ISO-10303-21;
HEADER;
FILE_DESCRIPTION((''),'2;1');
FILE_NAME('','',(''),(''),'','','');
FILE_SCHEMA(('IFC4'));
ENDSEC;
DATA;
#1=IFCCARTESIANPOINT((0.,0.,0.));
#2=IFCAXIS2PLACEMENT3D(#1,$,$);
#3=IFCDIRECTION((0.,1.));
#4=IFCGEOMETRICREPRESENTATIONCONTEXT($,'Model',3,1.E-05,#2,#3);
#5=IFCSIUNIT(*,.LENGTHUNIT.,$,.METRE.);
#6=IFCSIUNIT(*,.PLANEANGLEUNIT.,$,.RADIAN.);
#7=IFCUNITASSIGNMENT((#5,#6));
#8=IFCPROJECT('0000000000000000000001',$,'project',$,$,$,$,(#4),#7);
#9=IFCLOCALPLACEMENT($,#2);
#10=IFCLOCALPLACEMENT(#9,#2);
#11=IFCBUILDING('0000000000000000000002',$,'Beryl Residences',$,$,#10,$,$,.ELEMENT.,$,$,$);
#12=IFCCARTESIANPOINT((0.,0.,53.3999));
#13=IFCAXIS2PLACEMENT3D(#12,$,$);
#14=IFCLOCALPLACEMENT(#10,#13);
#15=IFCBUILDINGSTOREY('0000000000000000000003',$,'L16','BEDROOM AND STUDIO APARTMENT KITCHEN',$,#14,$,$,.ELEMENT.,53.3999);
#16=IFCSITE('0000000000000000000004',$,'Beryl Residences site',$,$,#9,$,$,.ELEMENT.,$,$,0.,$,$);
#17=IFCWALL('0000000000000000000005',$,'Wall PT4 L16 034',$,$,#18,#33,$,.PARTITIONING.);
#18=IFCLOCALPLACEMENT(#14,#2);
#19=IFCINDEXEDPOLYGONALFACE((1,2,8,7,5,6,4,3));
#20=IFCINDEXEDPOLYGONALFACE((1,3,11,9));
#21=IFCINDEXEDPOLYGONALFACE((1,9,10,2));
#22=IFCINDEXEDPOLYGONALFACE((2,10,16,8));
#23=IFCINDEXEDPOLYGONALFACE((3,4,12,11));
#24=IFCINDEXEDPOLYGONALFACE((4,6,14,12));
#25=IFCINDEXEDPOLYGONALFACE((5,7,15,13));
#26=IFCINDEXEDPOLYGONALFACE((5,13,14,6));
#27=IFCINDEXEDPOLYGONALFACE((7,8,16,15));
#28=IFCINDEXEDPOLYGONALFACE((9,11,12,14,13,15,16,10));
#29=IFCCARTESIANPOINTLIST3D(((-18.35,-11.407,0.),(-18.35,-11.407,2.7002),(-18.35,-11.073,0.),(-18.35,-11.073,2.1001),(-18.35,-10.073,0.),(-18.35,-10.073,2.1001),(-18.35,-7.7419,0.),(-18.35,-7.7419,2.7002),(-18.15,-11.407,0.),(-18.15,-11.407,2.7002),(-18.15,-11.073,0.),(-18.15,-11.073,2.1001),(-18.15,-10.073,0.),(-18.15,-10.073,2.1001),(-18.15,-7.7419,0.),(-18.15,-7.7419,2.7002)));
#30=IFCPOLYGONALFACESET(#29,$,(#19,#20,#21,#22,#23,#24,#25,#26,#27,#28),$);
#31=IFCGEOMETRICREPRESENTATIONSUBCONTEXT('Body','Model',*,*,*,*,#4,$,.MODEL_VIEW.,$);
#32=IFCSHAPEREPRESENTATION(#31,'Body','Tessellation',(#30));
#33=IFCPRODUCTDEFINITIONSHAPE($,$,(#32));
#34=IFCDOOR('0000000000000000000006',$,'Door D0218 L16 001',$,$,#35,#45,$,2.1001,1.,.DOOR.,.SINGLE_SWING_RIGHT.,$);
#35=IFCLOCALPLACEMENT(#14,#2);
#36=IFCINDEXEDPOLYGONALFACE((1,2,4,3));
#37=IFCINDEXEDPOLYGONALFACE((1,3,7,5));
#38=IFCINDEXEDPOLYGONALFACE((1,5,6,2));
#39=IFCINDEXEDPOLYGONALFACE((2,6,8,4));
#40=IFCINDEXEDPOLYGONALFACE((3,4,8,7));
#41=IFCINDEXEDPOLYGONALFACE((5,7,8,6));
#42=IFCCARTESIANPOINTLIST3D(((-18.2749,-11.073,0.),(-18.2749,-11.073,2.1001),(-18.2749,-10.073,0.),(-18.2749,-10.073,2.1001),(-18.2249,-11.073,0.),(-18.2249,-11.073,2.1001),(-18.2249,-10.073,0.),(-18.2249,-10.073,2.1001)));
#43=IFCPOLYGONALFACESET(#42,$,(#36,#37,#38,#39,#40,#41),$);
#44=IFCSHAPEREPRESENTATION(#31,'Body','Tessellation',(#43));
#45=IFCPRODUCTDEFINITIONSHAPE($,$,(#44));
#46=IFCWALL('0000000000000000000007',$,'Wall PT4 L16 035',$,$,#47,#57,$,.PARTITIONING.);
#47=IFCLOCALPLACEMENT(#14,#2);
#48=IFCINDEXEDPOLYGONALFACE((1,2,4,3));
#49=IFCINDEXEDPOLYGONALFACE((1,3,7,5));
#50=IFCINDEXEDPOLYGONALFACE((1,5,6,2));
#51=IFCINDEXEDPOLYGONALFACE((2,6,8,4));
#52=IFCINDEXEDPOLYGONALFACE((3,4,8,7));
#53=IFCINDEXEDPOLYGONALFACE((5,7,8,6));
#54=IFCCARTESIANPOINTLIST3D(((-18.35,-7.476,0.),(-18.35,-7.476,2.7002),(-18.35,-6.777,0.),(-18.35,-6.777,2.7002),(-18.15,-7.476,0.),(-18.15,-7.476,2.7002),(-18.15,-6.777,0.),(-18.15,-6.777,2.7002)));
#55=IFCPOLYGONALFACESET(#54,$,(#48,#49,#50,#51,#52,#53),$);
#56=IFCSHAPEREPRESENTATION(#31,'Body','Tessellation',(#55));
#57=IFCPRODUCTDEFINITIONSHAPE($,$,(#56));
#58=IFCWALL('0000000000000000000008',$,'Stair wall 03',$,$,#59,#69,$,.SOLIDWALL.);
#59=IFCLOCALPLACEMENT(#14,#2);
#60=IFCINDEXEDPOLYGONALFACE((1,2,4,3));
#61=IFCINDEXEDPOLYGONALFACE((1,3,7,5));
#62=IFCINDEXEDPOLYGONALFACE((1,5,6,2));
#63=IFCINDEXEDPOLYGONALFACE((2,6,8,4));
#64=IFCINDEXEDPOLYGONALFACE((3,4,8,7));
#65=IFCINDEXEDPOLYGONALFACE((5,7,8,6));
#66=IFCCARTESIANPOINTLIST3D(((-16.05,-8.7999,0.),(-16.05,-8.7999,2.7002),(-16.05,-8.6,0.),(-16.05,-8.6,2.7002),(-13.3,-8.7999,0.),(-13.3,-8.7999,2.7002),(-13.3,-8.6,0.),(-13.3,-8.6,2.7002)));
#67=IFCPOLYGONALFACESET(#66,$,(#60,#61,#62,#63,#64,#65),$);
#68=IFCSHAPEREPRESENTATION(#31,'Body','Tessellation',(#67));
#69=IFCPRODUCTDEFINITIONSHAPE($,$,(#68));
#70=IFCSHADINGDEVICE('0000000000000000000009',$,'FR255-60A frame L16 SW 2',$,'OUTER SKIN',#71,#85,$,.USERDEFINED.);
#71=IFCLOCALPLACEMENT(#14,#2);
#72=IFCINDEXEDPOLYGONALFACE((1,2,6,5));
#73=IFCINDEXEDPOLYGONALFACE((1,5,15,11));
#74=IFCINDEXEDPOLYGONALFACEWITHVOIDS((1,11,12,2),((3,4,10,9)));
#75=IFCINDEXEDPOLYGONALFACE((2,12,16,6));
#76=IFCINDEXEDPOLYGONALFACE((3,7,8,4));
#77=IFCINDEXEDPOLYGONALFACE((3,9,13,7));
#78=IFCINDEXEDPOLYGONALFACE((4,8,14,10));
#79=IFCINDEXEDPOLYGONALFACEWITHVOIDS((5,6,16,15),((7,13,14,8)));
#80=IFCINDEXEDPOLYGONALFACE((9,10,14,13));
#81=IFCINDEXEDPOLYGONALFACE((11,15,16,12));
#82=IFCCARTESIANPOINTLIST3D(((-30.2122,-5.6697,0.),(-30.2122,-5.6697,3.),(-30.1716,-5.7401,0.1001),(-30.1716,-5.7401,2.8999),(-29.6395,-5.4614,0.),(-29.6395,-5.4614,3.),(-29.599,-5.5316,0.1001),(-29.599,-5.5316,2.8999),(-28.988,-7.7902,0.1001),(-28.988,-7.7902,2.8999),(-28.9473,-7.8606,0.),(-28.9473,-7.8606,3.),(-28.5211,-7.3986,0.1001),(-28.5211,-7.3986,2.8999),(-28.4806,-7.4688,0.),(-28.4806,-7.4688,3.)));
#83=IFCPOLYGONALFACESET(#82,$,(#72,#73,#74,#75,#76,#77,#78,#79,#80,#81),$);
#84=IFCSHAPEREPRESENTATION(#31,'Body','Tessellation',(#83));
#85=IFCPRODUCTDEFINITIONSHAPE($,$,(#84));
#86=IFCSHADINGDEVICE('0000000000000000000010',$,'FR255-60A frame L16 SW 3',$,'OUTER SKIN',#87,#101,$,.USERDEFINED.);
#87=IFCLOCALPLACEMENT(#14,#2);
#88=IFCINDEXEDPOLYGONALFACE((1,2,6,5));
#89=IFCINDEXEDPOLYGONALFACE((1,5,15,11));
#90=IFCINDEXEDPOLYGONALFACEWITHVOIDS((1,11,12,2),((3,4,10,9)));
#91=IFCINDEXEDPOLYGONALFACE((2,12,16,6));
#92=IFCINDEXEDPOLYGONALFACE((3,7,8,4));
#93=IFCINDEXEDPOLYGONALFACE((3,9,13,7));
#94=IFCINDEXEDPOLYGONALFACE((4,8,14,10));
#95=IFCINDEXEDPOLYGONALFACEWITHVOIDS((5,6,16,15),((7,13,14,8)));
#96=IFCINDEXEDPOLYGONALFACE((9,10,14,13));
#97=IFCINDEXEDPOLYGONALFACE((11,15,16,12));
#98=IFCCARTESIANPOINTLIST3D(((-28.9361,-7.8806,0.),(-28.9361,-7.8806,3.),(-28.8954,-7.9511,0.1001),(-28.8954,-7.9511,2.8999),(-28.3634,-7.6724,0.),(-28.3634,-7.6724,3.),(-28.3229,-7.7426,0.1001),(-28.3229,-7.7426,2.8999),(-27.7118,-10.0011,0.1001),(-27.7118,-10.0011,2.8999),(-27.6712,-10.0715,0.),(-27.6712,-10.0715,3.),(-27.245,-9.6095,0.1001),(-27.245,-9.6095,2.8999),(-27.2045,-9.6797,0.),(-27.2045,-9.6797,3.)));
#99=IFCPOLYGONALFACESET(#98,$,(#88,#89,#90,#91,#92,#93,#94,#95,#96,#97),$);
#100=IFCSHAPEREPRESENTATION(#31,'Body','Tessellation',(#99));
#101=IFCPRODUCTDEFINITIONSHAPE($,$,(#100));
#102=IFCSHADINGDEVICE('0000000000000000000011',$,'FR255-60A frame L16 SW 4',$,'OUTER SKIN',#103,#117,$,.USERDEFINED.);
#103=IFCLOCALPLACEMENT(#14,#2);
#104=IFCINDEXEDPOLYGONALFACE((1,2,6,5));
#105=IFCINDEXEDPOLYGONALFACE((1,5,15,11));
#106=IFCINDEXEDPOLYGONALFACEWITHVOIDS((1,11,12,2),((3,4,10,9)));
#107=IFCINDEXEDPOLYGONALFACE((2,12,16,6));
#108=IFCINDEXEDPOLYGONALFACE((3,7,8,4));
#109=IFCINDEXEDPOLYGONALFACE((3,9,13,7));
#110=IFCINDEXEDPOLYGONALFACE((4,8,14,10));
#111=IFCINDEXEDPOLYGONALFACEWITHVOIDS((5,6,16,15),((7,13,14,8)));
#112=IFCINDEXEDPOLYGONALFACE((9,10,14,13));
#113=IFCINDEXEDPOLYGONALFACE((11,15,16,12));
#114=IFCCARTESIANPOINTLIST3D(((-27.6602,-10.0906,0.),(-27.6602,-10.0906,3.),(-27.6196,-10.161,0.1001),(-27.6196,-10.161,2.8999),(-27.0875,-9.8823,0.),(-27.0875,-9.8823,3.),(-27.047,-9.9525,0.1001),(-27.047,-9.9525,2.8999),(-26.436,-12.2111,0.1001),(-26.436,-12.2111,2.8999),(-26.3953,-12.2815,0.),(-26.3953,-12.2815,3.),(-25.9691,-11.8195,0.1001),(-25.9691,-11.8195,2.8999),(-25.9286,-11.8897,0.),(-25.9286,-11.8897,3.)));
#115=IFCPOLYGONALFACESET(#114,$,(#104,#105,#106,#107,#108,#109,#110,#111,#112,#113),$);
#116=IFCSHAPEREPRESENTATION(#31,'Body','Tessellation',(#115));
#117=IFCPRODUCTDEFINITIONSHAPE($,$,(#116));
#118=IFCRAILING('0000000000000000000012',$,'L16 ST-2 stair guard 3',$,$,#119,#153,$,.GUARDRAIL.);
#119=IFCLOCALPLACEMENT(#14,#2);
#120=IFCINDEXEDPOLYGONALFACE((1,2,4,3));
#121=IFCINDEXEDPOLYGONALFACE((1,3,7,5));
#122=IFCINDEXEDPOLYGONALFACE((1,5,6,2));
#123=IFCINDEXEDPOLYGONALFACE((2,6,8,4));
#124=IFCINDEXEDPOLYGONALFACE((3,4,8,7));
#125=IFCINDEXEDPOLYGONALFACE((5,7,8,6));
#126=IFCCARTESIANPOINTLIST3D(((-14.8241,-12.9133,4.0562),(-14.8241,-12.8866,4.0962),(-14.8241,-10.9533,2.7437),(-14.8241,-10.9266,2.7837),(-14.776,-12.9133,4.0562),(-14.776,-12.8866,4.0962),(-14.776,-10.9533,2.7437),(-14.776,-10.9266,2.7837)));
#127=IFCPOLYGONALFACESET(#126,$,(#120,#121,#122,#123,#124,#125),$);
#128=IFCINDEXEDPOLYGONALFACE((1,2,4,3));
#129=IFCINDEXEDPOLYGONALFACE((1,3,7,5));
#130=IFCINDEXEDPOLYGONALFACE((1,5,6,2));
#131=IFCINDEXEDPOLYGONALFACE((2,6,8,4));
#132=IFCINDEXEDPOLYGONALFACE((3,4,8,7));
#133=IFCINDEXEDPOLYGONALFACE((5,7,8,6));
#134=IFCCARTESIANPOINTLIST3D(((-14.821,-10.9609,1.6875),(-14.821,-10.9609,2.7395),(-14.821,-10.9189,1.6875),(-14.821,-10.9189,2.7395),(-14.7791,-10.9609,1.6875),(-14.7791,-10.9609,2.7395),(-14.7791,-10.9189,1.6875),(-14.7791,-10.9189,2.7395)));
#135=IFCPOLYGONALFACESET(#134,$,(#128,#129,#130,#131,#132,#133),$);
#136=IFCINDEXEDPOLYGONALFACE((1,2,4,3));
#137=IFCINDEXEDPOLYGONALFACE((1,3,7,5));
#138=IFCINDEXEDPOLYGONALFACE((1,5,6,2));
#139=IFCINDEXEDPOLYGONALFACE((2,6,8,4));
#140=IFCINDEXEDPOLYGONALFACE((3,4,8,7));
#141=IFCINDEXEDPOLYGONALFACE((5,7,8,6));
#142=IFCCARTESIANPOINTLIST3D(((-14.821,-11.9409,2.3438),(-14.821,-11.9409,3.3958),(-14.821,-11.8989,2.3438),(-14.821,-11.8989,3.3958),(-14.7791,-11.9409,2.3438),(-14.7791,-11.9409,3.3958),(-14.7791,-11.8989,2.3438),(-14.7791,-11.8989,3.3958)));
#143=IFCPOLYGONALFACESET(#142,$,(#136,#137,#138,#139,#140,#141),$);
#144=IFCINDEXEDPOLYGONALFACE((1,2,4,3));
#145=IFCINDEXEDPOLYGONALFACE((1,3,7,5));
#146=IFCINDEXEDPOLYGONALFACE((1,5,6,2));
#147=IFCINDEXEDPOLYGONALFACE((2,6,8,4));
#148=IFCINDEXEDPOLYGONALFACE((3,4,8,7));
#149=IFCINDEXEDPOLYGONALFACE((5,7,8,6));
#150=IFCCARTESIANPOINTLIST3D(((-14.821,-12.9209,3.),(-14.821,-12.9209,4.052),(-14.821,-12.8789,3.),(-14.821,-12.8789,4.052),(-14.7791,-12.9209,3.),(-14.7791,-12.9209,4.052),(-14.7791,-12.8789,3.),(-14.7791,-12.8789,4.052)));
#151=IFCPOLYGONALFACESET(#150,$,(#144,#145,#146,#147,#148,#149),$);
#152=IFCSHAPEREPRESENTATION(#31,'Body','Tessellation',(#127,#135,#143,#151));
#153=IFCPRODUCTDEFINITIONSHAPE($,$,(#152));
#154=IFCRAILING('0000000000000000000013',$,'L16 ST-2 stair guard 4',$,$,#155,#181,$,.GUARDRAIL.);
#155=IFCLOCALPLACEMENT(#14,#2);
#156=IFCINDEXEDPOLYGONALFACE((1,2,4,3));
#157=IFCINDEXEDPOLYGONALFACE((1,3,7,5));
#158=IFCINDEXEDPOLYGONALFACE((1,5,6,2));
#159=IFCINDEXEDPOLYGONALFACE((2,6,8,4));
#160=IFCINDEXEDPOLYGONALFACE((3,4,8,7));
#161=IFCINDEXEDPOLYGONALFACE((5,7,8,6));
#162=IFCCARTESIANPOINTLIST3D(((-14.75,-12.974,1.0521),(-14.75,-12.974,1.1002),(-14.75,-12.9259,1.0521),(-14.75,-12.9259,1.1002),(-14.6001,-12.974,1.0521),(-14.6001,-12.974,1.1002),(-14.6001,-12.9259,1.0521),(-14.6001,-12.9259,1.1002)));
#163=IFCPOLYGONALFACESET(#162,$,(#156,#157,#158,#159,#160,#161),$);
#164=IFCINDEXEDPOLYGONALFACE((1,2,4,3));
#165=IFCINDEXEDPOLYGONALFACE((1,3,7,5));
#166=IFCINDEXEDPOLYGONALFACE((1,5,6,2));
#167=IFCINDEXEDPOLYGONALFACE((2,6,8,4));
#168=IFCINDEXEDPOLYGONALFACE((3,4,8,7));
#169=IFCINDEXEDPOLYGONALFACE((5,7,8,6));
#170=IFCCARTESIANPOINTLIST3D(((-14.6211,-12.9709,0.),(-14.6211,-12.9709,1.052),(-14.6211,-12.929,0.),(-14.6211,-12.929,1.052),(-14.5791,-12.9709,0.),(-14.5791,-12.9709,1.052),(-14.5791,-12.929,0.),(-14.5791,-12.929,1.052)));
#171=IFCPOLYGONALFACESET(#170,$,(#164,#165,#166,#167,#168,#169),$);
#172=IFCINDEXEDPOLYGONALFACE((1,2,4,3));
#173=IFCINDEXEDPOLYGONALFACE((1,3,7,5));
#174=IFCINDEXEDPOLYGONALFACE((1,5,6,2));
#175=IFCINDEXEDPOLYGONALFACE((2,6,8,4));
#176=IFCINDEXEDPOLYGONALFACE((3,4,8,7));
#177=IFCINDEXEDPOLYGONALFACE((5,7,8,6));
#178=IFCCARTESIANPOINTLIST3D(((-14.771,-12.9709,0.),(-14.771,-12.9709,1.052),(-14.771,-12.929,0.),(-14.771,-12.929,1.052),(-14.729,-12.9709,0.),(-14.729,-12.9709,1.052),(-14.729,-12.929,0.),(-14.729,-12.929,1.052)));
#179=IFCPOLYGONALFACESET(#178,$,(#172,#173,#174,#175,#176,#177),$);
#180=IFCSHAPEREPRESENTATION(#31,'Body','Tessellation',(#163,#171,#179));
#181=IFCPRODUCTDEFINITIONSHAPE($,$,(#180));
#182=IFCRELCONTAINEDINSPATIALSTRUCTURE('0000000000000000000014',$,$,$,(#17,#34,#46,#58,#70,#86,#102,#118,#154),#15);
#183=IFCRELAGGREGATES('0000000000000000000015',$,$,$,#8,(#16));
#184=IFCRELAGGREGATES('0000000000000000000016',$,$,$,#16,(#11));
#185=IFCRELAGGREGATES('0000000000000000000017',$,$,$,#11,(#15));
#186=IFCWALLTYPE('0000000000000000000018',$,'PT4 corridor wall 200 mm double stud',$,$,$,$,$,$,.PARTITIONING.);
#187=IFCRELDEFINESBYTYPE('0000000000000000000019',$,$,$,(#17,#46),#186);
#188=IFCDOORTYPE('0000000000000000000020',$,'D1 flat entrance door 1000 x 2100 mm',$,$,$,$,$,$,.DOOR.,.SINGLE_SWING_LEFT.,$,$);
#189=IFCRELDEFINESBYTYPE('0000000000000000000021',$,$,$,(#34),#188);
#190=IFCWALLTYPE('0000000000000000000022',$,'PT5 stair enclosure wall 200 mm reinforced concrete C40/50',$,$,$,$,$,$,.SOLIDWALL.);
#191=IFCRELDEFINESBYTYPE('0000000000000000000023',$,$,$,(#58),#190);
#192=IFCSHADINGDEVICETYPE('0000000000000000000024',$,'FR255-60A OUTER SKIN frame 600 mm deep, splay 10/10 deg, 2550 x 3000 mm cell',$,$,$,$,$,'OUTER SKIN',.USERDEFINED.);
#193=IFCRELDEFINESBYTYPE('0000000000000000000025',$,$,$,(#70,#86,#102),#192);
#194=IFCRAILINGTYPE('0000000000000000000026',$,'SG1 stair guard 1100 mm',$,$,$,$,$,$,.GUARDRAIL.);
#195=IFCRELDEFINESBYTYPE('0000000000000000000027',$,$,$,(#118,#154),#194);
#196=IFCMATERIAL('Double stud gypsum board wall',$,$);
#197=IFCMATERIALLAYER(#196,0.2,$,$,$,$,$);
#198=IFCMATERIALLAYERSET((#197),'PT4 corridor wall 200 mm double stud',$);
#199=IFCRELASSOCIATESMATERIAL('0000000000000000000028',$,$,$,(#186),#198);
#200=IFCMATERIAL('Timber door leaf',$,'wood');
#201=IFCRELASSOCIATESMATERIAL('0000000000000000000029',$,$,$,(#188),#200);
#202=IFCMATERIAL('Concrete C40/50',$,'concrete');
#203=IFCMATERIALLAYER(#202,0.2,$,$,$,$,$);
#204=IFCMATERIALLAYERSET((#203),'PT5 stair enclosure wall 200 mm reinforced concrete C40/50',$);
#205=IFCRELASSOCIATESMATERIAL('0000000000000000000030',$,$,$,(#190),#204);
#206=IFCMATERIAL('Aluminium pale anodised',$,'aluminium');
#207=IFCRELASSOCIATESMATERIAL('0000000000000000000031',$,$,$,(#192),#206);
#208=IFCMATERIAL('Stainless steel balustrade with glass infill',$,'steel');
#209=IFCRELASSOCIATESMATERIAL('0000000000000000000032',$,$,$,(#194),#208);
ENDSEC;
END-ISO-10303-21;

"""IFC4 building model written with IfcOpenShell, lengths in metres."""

from ifc_helpers import new_model, entity, si_unit, direction, frame, frame_2d, origin, origin_2d, place, context, subcontext, project, spatial, rectangle, extrude, source, transform, mapped, material, layer, layer_set, type_object, type_shapes, element, fill, save


model = new_model("IFC4")

# Units and contexts
model_context = context("Model", 3, precision=1e-05, world=origin(), true_north=direction((0.0, 1.0)))
body_context = subcontext(model_context, "Body", "Model", "MODEL_VIEW")
ifc_project = project(units=[si_unit("LENGTHUNIT", "METRE"), si_unit("PLANEANGLEUNIT", "RADIAN")], contexts=[model_context])

# Site, building, storey
site_placement = place(None, origin())
site = spatial("IfcSite", under=ifc_project, at=site_placement, Name="Beryl Residences site", CompositionType="ELEMENT", RefElevation=0.0)
building_placement = place(site_placement, origin())
building = spatial("IfcBuilding", under=site, at=building_placement, Name="Beryl Residences", CompositionType="ELEMENT")
storey_placement = place(building_placement, frame((0.0, 0.0, 53.3999)))
storey = spatial("IfcBuildingStorey", under=building, at=storey_placement, Name="L16", Description="BEDROOM AND STUDIO APARTMENT KITCHEN", CompositionType="ELEMENT", Elevation=53.3999)

# Shared definitions
ifc_material_1 = material(Name="Double stud gypsum board wall")
ifc_layer_1 = layer(ifc_material_1, 0.2)
ifc_layer_set_1 = layer_set([ifc_layer_1], Name="PT4 corridor wall 200 mm double stud")
wall_type_1 = type_object("IfcWallType", Name="PT4 corridor wall 200 mm double stud", PredefinedType="PARTITIONING", material=ifc_layer_set_1)

# Wall, opening, door
wall_1_placement = place(storey_placement, frame((-18.25, -11.407, 0.0), z_axis=(0.0, 0.0, 1.0), x_axis=(0.0, 1.0, 0.0)))
wall_1 = element("IfcWall", 1, at=wall_1_placement, inside=storey, type_object=wall_type_1, Name="Wall PT4 L16 034", PredefinedType="PARTITIONING", context=body_context, shape_type="SweptSolid", body=[
    extrude(rectangle(XDim=3.665, YDim=0.2, at=frame_2d((1.8325, 0.0))), origin(), (0.0, 0.0, 1.0), 2.7002),
])
opening_1_placement = place(wall_1_placement, frame((0.334, 0.0, 0.0)))
opening_1 = element("IfcOpeningElement", 2, at=opening_1_placement, cuts=wall_1, PredefinedType="OPENING", context=body_context, shape_type="SweptSolid", body=[
    extrude(rectangle(XDim=1.0, YDim=2.1001, at=frame_2d((0.5, 1.05))), frame((0.0, 0.1099, 0.0), z_axis=(0.0, -1.0, 0.0), x_axis=(1.0, 0.0, 0.0)), (0.0, 0.0, 1.0), 0.22),
])
ifc_material_2 = material(Name="Timber door leaf", Category="wood")
door_type_1 = type_object("IfcDoorType", Name="D1 flat entrance door 1000 x 2100 mm", OperationType="SINGLE_SWING_LEFT", PredefinedType="DOOR", material=ifc_material_2)
door_1_placement = place(opening_1_placement, origin())
door_1 = element("IfcDoor", 3, at=door_1_placement, inside=storey, type_object=door_type_1, Name="Door D0218 L16 001", OperationType="SINGLE_SWING_RIGHT", OverallHeight=2.1001, OverallWidth=1.0, PredefinedType="DOOR", context=body_context, shape_type="SweptSolid", body=[
    extrude(rectangle(XDim=1.0, YDim=2.1001, at=frame_2d((0.5, 1.05))), frame((0.0, 0.0249, 0.0), z_axis=(0.0, -1.0, 0.0), x_axis=(1.0, 0.0, 0.0)), (0.0, 0.0, 1.0), 0.05),
])
fill(opening_1, door_1)

# Walls
wall_2_placement = place(storey_placement, frame((-18.25, -7.4761, 0.0), z_axis=(0.0, 0.0, 1.0), x_axis=(0.0, 1.0, 0.0)))
element("IfcWall", 4, at=wall_2_placement, inside=storey, type_object=wall_type_1, Name="Wall PT4 L16 035", PredefinedType="PARTITIONING", context=body_context, shape_type="SweptSolid", body=[
    extrude(rectangle(XDim=0.699, YDim=0.2, at=frame_2d((0.3496, 0.0))), origin(), (0.0, 0.0, 1.0), 2.7002),
])
ifc_material_3 = material(Name="Concrete C40/50", Category="concrete")
ifc_layer_2 = layer(ifc_material_3, 0.2)
ifc_layer_set_2 = layer_set([ifc_layer_2], Name="PT5 stair enclosure wall 200 mm reinforced concrete C40/50")
wall_type_2 = type_object("IfcWallType", Name="PT5 stair enclosure wall 200 mm reinforced concrete C40/50", PredefinedType="SOLIDWALL", material=ifc_layer_set_2)
wall_3_placement = place(storey_placement, frame((-16.05, -8.7, 0.0), z_axis=(0.0, 0.0, 1.0), x_axis=(1.0, 0.0, 0.0)))
element("IfcWall", 5, at=wall_3_placement, inside=storey, type_object=wall_type_2, Name="Stair wall 03", PredefinedType="SOLIDWALL", context=body_context, shape_type="SweptSolid", body=[
    extrude(rectangle(XDim=2.75, YDim=0.2, at=frame_2d((1.375, 0.0))), origin(), (0.0, 0.0, 1.0), 2.7002),
])

# Shading devices
ifc_material_4 = material(Name="Aluminium pale anodised", Category="aluminium")
shading_device_type = type_object("IfcShadingDeviceType", Name="FR255-60A OUTER SKIN frame 600 mm deep, splay 10/10 deg, 2550 x 3000 mm cell", ElementType="OUTER SKIN", PredefinedType="USERDEFINED", material=ifc_material_4)
cartesian_point_1 = entity("IfcCartesianPoint", [-1.1589, 0.0])
cartesian_point_2 = entity("IfcCartesianPoint", [-1.0779, 0.1001])
cartesian_point_3 = entity("IfcCartesianPoint", [-1.2649, 0.0])
cartesian_point_4 = entity("IfcCartesianPoint", [-1.1836, 0.1001])
shared_shape = source(origin(), body_context, "Body", "SweptSolid", [
    entity("IfcExtrudedAreaSolidTapered", entity("IfcArbitraryProfileDefWithVoids", "AREA", None, entity("IfcPolyline", [cartesian_point_1, entity("IfcCartesianPoint", [1.1589, 0.0]), entity("IfcCartesianPoint", [1.1589, 3.0]), entity("IfcCartesianPoint", [-1.1589, 3.0]), cartesian_point_1]), [entity("IfcPolyline", [cartesian_point_2, entity("IfcCartesianPoint", [1.0779, 0.1001]), entity("IfcCartesianPoint", [1.0779, 2.8999]), entity("IfcCartesianPoint", [-1.0779, 2.8999]), cartesian_point_2])]), entity("IfcAxis2Placement3D", entity("IfcCartesianPoint", [0.0, 0.0, 0.0]), entity("IfcDirection", [0.0, 1.0, 0.0]), entity("IfcDirection", [-1.0, 0.0, 0.0])), entity("IfcDirection", [0.0, 0.0, 1.0]), 0.6001, entity("IfcArbitraryProfileDefWithVoids", "AREA", None, entity("IfcPolyline", [cartesian_point_3, entity("IfcCartesianPoint", [1.2649, 0.0]), entity("IfcCartesianPoint", [1.2649, 3.0]), entity("IfcCartesianPoint", [-1.2649, 3.0]), cartesian_point_3]), [entity("IfcPolyline", [cartesian_point_4, entity("IfcCartesianPoint", [1.1836, 0.1001]), entity("IfcCartesianPoint", [1.1836, 2.8999]), entity("IfcCartesianPoint", [-1.1836, 2.8999]), cartesian_point_4])])),
])
type_shapes(shading_device_type, [shared_shape])
for number, where, z_axis, x_axis, name in (
    (6, (-29.0601, -6.4651, 0.0), (0.0, 0.0, 1.0), (-0.5, 0.866025, 0.0), "FR255-60A frame L16 SW 2"),
    (7, (-27.7839, -8.676, 0.0), (0.0, 0.0, 1.0), (-0.5, 0.866025, 0.0), "FR255-60A frame L16 SW 3"),
    (8, (-26.5081, -10.886, 0.0), (0.0, 0.0, 1.0), (-0.5, 0.866025, 0.0), "FR255-60A frame L16 SW 4"),
):
    element("IfcShadingDevice", number, at=place(storey_placement, frame(where, z_axis=z_axis, x_axis=x_axis)), inside=storey, type_object=shading_device_type, Name=name, ObjectType="OUTER SKIN", PredefinedType="USERDEFINED", context=body_context, shape_type="MappedRepresentation", body=[
        mapped(shared_shape, transform((0.0, 0.0, 0.0))),
    ])

# Railings
ifc_material_5 = material(Name="Stainless steel balustrade with glass infill", Category="steel")
railing_type_1 = type_object("IfcRailingType", Name="SG1 stair guard 1100 mm", PredefinedType="GUARDRAIL", material=ifc_material_5)
railing_1_placement = place(storey_placement, frame((-14.8, -10.9399, 1.6875)))
element("IfcRailing", 9, at=railing_1_placement, inside=storey, type_object=railing_type_1, Name="L16 ST-2 stair guard 3", PredefinedType="GUARDRAIL", context=body_context, shape_type="SweptSolid", body=[
    extrude(rectangle(XDim=0.0481, YDim=0.0481, at=origin_2d()), frame((0.0, 0.0, 1.0762), z_axis=(0.0, -0.830902, 0.556419), x_axis=(1.0, 0.0, 0.0)), (0.0, 0.0, 1.0), 2.3589),
    extrude(rectangle(XDim=0.042, YDim=0.042, at=origin_2d()), origin(), (0.0, 0.0, 1.0), 1.052),
    extrude(rectangle(XDim=0.042, YDim=0.042, at=origin_2d()), frame((0.0, -0.98, 0.6562)), (0.0, 0.0, 1.0), 1.052),
    extrude(rectangle(XDim=0.042, YDim=0.042, at=origin_2d()), frame((0.0, -1.96, 1.3125)), (0.0, 0.0, 1.0), 1.052),
])
railing_2_placement = place(storey_placement, frame((-14.6001, -12.95, 0.0)))
element("IfcRailing", 10, at=railing_2_placement, inside=storey, type_object=railing_type_1, Name="L16 ST-2 stair guard 4", PredefinedType="GUARDRAIL", context=body_context, shape_type="SweptSolid", body=[
    extrude(rectangle(XDim=0.0481, YDim=0.0481, at=origin_2d()), frame((0.0, 0.0, 1.0762), z_axis=(-1.0, 0.0, 0.0), x_axis=(0.0, -1.0, 0.0)), (0.0, 0.0, 1.0), 0.1499),
    extrude(rectangle(XDim=0.042, YDim=0.042, at=origin_2d()), origin(), (0.0, 0.0, 1.0), 1.052),
    extrude(rectangle(XDim=0.042, YDim=0.042, at=origin_2d()), frame((-0.1499, 0.0, 0.0)), (0.0, 0.0, 1.0), 1.052),
])

save(model, "model.ifc")
